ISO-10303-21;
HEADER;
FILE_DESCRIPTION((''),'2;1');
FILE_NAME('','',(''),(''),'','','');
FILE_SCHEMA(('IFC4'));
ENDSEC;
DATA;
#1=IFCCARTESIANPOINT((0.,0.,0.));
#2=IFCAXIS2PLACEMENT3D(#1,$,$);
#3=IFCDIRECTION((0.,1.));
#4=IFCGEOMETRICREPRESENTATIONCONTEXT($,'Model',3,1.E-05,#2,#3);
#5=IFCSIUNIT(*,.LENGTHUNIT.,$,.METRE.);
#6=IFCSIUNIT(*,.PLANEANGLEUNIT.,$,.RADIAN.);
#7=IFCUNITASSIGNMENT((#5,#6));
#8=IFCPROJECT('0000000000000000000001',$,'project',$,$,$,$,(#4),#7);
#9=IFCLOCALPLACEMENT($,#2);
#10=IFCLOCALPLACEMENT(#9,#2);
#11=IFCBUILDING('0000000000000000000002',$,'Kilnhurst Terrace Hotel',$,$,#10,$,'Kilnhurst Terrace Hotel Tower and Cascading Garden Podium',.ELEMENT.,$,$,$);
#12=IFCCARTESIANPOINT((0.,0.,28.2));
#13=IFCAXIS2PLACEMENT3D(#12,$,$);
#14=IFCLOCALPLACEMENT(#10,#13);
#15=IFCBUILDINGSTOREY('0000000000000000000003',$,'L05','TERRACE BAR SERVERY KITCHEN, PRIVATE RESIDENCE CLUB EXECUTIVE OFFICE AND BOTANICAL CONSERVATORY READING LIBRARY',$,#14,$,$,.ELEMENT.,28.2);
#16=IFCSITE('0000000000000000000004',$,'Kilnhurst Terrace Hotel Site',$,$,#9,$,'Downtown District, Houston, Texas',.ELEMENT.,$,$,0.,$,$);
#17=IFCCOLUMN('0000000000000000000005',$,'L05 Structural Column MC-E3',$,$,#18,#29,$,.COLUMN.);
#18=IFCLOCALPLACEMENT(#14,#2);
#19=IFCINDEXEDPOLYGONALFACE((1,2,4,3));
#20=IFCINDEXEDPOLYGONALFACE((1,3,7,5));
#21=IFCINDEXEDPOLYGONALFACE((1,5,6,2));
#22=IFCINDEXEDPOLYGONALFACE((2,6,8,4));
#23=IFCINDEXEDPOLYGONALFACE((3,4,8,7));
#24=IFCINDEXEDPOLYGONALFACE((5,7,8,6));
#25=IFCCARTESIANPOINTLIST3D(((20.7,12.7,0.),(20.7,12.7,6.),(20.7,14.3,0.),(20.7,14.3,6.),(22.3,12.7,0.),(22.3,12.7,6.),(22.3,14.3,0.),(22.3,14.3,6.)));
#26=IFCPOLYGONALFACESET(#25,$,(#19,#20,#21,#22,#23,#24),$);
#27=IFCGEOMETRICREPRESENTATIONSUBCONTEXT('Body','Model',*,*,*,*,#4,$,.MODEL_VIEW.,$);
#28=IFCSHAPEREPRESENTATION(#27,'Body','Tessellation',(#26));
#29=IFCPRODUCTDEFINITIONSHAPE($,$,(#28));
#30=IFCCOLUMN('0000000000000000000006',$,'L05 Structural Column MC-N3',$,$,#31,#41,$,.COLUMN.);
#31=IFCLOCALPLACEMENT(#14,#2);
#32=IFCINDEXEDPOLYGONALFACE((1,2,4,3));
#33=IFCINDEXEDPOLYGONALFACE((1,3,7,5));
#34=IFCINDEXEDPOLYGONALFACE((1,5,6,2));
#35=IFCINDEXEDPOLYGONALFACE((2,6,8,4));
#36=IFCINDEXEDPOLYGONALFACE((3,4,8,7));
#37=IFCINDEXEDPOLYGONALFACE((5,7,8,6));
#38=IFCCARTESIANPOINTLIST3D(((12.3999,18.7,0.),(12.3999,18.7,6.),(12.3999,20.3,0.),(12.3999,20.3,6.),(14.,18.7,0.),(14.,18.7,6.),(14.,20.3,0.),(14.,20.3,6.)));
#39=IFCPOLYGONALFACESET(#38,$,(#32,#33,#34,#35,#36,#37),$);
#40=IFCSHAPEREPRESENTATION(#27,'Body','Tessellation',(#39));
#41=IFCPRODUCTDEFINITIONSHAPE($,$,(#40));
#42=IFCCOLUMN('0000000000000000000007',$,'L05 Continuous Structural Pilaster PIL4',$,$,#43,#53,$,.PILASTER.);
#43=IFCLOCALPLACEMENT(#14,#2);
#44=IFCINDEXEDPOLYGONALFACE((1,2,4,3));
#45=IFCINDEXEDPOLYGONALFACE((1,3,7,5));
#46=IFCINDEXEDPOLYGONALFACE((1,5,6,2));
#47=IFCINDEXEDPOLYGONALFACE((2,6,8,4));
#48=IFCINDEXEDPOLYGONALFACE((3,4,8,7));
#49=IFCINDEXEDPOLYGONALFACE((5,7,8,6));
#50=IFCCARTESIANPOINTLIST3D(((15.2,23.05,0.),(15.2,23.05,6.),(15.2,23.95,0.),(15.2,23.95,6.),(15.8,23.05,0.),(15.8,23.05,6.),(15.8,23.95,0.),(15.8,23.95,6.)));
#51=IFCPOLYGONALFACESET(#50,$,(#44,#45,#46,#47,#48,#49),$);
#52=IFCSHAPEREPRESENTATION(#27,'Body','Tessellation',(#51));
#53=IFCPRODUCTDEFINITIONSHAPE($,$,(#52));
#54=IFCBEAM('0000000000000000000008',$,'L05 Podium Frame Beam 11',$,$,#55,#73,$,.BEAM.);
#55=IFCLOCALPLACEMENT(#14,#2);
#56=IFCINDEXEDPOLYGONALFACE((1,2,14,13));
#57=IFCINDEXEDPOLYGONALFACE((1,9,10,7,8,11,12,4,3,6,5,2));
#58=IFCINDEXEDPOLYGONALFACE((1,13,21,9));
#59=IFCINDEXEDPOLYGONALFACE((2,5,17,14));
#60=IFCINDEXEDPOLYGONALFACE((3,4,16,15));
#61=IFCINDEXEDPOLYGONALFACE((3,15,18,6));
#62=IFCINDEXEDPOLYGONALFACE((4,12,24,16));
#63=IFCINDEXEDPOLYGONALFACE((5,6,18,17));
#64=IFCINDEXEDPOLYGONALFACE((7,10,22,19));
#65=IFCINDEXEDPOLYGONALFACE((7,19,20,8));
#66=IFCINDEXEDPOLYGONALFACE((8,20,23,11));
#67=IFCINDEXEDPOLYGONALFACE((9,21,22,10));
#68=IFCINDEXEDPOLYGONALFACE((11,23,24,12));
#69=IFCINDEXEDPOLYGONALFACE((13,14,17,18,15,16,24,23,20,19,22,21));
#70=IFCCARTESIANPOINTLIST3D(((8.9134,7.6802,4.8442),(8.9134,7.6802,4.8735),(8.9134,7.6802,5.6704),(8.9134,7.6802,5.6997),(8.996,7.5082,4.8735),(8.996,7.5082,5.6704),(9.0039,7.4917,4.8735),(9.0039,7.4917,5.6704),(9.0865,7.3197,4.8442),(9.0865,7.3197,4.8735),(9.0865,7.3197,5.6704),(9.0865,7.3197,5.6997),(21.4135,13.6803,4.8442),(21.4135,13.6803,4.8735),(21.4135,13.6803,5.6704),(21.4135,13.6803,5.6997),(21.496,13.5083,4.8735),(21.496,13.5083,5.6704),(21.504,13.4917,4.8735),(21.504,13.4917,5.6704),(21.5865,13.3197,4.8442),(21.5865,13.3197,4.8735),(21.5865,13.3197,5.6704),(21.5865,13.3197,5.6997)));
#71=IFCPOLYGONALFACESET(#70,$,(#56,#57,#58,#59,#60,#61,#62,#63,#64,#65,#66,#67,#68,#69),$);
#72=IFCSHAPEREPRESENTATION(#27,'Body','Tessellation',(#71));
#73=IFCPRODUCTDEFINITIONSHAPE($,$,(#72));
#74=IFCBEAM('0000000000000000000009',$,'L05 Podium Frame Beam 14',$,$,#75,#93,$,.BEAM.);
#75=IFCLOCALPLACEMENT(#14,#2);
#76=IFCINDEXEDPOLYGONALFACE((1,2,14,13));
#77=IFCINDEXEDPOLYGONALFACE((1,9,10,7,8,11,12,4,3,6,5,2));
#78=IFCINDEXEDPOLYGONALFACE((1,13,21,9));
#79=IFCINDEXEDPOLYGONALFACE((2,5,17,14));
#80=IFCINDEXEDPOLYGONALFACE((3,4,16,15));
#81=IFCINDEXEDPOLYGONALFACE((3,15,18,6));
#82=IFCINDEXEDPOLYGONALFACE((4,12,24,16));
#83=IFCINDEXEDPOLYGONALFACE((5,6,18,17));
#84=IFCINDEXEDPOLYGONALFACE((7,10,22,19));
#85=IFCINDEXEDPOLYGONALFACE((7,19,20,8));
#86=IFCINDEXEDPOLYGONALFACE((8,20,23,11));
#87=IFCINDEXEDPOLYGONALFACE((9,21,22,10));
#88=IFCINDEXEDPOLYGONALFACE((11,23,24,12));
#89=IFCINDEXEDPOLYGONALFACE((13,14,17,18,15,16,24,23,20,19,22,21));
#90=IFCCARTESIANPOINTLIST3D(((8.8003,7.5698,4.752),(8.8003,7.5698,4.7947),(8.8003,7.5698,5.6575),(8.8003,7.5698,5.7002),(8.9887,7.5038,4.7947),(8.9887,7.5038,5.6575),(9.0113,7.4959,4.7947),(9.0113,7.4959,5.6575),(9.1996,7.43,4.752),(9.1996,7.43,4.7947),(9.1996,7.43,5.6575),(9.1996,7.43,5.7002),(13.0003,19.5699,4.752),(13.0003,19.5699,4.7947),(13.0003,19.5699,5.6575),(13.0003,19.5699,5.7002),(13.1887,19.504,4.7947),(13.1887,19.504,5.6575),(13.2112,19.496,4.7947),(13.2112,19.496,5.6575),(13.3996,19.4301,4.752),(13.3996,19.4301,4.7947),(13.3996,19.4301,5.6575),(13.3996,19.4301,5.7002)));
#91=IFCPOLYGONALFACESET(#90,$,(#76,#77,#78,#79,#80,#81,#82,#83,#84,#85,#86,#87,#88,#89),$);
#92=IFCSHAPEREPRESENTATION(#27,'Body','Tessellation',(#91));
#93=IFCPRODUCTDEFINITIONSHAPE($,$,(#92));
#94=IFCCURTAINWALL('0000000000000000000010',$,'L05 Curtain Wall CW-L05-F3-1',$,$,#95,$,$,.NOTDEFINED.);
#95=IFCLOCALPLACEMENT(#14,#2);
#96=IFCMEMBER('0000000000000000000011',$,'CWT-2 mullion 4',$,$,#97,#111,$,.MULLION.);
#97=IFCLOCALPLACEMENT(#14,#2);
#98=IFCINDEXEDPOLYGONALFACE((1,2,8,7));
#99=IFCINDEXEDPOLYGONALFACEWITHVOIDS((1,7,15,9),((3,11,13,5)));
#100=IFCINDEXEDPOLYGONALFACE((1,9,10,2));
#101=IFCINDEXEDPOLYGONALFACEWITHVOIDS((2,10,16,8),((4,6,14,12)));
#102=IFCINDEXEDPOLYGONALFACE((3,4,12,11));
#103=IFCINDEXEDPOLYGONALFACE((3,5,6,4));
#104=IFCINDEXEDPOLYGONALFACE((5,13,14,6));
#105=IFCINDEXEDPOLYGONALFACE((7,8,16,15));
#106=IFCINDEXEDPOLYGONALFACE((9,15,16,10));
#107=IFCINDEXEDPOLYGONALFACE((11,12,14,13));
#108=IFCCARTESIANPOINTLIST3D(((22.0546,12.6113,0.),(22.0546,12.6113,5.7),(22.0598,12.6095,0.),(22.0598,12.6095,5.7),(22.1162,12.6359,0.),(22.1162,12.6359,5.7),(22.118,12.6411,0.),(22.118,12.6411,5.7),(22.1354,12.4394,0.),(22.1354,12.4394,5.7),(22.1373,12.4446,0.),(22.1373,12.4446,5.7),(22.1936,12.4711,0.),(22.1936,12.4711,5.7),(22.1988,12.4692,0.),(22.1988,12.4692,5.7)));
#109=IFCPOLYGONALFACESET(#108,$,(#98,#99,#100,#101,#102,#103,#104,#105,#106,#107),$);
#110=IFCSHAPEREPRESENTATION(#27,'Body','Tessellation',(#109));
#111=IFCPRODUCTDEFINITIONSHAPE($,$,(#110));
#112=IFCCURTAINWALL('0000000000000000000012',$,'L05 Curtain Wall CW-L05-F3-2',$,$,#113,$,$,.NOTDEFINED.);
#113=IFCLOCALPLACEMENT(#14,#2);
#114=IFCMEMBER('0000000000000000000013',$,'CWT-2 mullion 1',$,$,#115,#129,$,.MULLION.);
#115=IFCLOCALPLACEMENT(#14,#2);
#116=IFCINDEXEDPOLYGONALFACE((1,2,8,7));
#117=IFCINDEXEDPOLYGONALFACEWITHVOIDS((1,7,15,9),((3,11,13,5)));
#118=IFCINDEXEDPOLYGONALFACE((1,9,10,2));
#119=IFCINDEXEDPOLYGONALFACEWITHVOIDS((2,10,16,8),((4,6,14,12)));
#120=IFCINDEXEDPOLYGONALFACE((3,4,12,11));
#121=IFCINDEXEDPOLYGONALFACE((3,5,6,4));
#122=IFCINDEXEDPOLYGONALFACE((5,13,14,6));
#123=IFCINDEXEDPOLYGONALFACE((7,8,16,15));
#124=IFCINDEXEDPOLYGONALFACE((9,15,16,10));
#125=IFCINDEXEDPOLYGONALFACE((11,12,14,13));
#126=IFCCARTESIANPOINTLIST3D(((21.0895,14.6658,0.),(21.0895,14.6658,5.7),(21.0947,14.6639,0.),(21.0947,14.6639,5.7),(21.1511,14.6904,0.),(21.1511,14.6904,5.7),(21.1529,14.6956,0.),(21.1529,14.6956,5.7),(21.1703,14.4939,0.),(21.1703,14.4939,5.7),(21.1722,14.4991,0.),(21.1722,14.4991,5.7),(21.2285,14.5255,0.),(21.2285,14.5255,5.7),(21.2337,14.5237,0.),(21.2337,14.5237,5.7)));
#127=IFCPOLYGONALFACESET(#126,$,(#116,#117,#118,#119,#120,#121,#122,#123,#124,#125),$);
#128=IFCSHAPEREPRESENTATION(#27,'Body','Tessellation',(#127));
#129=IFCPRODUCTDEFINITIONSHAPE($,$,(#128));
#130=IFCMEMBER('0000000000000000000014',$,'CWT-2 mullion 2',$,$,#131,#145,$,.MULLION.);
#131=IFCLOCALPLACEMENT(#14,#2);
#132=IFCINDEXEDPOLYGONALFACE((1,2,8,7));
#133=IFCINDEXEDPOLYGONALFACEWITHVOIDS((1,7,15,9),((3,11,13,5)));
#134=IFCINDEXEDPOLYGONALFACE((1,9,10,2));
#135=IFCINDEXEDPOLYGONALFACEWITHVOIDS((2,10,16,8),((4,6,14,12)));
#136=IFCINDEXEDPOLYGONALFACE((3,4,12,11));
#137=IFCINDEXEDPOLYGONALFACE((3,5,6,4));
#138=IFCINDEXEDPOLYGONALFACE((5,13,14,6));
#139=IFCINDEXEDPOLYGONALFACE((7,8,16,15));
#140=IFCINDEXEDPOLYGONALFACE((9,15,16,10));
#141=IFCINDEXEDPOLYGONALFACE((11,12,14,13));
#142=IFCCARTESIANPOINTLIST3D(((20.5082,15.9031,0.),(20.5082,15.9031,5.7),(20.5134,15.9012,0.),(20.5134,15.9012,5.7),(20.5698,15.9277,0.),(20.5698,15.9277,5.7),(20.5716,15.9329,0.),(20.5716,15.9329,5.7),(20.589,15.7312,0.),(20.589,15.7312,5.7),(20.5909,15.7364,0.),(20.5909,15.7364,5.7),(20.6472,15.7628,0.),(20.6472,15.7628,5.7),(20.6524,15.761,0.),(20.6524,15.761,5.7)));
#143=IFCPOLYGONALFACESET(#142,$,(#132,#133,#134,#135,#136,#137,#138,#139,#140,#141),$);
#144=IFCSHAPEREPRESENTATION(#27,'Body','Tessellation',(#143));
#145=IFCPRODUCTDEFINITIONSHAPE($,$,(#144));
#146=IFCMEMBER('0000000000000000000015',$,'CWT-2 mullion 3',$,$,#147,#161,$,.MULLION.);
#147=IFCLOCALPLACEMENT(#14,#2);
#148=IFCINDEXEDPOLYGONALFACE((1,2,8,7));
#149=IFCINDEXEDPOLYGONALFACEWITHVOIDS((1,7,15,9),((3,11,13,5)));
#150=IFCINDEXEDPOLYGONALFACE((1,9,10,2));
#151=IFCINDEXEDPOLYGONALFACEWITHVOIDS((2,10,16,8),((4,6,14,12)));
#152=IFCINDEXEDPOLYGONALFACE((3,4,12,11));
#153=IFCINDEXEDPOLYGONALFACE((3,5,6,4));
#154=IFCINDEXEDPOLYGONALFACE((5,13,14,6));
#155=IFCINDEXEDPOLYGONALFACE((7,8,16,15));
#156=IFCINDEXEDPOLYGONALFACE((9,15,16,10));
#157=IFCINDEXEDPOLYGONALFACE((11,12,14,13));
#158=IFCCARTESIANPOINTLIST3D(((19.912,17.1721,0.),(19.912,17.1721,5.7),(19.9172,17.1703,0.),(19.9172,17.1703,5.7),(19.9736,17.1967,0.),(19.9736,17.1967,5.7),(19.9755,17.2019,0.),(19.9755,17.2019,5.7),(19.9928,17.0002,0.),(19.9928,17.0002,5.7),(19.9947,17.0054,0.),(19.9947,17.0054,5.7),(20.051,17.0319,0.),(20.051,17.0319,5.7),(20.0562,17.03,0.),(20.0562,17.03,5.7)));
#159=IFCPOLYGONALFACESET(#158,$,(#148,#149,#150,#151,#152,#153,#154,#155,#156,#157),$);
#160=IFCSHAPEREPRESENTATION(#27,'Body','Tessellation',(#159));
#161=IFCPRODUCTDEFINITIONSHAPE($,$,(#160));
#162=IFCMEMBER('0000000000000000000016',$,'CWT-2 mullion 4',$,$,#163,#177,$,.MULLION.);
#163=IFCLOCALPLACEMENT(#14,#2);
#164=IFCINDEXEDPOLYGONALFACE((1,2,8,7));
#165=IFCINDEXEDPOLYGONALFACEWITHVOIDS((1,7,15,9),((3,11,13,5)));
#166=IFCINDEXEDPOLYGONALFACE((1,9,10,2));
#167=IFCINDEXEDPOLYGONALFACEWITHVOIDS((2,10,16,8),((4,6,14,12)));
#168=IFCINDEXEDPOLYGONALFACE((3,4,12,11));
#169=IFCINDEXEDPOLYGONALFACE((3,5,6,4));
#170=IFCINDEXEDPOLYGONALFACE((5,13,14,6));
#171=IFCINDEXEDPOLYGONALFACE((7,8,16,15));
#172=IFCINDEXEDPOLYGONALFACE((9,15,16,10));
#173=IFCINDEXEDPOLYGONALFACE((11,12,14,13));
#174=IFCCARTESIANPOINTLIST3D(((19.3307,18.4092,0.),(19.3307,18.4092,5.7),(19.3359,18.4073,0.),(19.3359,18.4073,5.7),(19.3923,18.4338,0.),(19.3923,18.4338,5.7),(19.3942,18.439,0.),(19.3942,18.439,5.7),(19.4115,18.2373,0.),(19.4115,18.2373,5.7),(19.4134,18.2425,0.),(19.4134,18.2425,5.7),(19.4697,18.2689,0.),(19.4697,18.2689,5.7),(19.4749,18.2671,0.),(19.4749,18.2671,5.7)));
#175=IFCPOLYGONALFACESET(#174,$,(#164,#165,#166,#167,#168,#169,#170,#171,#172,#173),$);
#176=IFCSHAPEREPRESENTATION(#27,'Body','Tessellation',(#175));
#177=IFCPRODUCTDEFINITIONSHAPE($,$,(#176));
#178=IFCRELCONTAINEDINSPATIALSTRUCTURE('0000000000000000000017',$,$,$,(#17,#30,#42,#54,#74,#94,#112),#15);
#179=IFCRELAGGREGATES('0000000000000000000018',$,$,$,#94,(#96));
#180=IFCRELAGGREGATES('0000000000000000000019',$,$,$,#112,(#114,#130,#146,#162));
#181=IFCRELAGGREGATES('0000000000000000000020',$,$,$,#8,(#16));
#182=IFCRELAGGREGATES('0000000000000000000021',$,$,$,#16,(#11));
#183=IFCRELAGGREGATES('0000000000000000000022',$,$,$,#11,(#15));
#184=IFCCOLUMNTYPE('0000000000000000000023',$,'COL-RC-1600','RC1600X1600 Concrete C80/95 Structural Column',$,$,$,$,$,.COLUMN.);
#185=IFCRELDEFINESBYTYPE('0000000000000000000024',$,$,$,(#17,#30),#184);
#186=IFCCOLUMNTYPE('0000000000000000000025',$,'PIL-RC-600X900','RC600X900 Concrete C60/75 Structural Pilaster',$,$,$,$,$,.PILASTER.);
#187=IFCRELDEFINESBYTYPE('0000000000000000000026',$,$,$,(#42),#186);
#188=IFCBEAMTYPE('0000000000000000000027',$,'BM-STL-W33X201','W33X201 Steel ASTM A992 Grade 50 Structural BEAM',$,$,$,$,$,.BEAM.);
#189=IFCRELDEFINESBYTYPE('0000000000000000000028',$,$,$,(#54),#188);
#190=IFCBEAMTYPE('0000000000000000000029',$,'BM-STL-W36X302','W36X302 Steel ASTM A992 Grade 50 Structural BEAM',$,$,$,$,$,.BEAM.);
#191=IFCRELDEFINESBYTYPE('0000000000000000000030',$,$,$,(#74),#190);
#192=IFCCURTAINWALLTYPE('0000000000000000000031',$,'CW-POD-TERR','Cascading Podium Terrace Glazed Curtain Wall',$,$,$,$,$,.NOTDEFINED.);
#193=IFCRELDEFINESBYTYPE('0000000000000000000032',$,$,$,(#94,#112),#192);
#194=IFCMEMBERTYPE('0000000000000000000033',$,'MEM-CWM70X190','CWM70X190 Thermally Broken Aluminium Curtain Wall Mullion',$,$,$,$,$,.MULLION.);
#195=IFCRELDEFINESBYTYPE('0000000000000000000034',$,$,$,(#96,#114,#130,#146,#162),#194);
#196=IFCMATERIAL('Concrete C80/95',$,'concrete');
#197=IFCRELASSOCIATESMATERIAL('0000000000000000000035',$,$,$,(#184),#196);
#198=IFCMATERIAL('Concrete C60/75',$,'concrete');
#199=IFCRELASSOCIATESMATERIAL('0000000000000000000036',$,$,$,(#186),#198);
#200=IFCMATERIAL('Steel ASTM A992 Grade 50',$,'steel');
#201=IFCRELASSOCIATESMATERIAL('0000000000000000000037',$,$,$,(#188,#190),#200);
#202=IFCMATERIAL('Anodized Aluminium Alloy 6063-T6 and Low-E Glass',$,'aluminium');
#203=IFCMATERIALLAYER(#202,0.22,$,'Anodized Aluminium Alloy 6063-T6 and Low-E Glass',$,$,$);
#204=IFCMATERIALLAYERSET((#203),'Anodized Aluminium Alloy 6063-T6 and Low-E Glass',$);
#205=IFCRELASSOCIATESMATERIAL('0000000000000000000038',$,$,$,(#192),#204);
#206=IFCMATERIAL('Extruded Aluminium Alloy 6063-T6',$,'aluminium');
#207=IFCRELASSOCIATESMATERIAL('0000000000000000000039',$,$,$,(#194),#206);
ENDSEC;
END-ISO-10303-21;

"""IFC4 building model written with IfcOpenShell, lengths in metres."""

from ifc_helpers import new_model, si_unit, direction, frame, origin, origin_2d, place, context, subcontext, project, spatial, rectangle, hollow_rectangle, i_section, extrude, material, layer, layer_set, material_profile, profile_set, type_object, element, aggregate, save


model = new_model("IFC4")

# Units and contexts
model_context = context("Model", 3, precision=1e-05, world=origin(), true_north=direction((0.0, 1.0)))
body_context = subcontext(model_context, "Body", "Model", "MODEL_VIEW")
ifc_project = project(units=[si_unit("LENGTHUNIT", "METRE"), si_unit("PLANEANGLEUNIT", "RADIAN")], contexts=[model_context])

# Site, building, storey
site_placement = place(None, origin())
site = spatial("IfcSite", under=ifc_project, at=site_placement, Name="Kilnhurst Terrace Hotel Site", LongName="Downtown District, Houston, Texas", CompositionType="ELEMENT", RefElevation=0.0)
building_placement = place(site_placement, origin())
building = spatial("IfcBuilding", under=site, at=building_placement, Name="Kilnhurst Terrace Hotel", LongName="Kilnhurst Terrace Hotel Tower and Cascading Garden Podium", CompositionType="ELEMENT")
storey_placement = place(building_placement, frame((0.0, 0.0, 28.2)))
storey = spatial("IfcBuildingStorey", under=building, at=storey_placement, Name="L05", Description="TERRACE BAR SERVERY KITCHEN, PRIVATE RESIDENCE CLUB EXECUTIVE OFFICE AND BOTANICAL CONSERVATORY READING LIBRARY", CompositionType="ELEMENT", Elevation=28.2)

# Columns
ifc_material_1 = material(Name="Concrete C80/95", Category="concrete")
ifc_material_profile_1 = material_profile(ifc_material_1, rectangle(XDim=1.6001, YDim=1.6001, at=origin_2d()), Name="RC1600X1600")
ifc_profile_set_1 = profile_set([ifc_material_profile_1], Name="Concrete C80/95")
column_type_1 = type_object("IfcColumnType", Name="COL-RC-1600", Description="RC1600X1600 Concrete C80/95 Structural Column", PredefinedType="COLUMN", material=ifc_profile_set_1)
for number, where, z_axis, x_axis, name in (
    (1, (21.5, 13.5, 0.0), (0.0, 0.0, 1.0), (1.0, 0.0, 0.0), "L05 Structural Column MC-E3"),
    (2, (13.2, 19.5, 0.0), (0.0, 0.0, 1.0), (1.0, 0.0, 0.0), "L05 Structural Column MC-N3"),
):
    element("IfcColumn", number, at=place(storey_placement, frame(where, z_axis=z_axis, x_axis=x_axis)), inside=storey, type_object=column_type_1, Name=name, PredefinedType="COLUMN", context=body_context, shape_type="SweptSolid", body=[
        extrude(rectangle(XDim=1.6001, YDim=1.6001, at=origin_2d()), origin(), (0.0, 0.0, 1.0), 6.0),
    ])
ifc_material_2 = material(Name="Concrete C60/75", Category="concrete")
ifc_material_profile_2 = material_profile(ifc_material_2, rectangle(XDim=0.6001, YDim=0.8999, at=origin_2d()), Name="RC600X900")
ifc_profile_set_2 = profile_set([ifc_material_profile_2], Name="Concrete C60/75")
column_type_2 = type_object("IfcColumnType", Name="PIL-RC-600X900", Description="RC600X900 Concrete C60/75 Structural Pilaster", PredefinedType="PILASTER", material=ifc_profile_set_2)
column_placement = place(storey_placement, frame((15.5, 23.5, 0.0), z_axis=(0.0, 0.0, 1.0), x_axis=(1.0, 0.0, 0.0)))
element("IfcColumn", 3, at=column_placement, inside=storey, type_object=column_type_2, Name="L05 Continuous Structural Pilaster PIL4", PredefinedType="PILASTER", context=body_context, shape_type="SweptSolid", body=[
    extrude(rectangle(XDim=0.6001, YDim=0.8999, at=origin_2d()), origin(), (0.0, 0.0, 1.0), 6.0),
])

# Beams
ifc_material_3 = material(Name="Steel ASTM A992 Grade 50", Category="steel")
ifc_material_profile_3 = material_profile(ifc_material_3, i_section(OverallWidth=0.3999, OverallDepth=0.8555, WebThickness=0.0183, FlangeThickness=0.0293, at=origin_2d()), Name="W33X201")
ifc_profile_set_3 = profile_set([ifc_material_profile_3], Name="Steel ASTM A992 Grade 50")
beam_type_1 = type_object("IfcBeamType", Name="BM-STL-W33X201", Description="W33X201 Steel ASTM A992 Grade 50 Structural BEAM", PredefinedType="BEAM", material=ifc_profile_set_3)
beam_1_placement = place(storey_placement, frame((21.5, 13.5, 5.272), z_axis=(-0.901523, -0.432731, 0.0), x_axis=(0.432731, -0.901523, 0.0)))
element("IfcBeam", 4, at=beam_1_placement, inside=storey, type_object=beam_type_1, Name="L05 Podium Frame Beam 11", PredefinedType="BEAM", context=body_context, shape_type="SweptSolid", body=[
    extrude(i_section(OverallWidth=0.3999, OverallDepth=0.8555, WebThickness=0.0183, FlangeThickness=0.0293, at=origin_2d()), origin(), (0.0, 0.0, 1.0), 13.8655),
])
ifc_material_profile_4 = material_profile(ifc_material_3, i_section(OverallWidth=0.4231, OverallDepth=0.9482, WebThickness=0.0239, FlangeThickness=0.0427, at=origin_2d()), Name="W36X302")
ifc_profile_set_4 = profile_set([ifc_material_profile_4], Name="Steel ASTM A992 Grade 50")
beam_type_2 = type_object("IfcBeamType", Name="BM-STL-W36X302", Description="W36X302 Steel ASTM A992 Grade 50 Structural BEAM", PredefinedType="BEAM", material=ifc_profile_set_4)
beam_2_placement = place(storey_placement, frame((13.2, 19.5, 5.2261), z_axis=(-0.330347, -0.94386, 0.0), x_axis=(0.94386, -0.330347, 0.0)))
element("IfcBeam", 5, at=beam_2_placement, inside=storey, type_object=beam_type_2, Name="L05 Podium Frame Beam 14", PredefinedType="BEAM", context=body_context, shape_type="SweptSolid", body=[
    extrude(i_section(OverallWidth=0.4231, OverallDepth=0.9482, WebThickness=0.0239, FlangeThickness=0.0427, at=origin_2d()), origin(), (0.0, 0.0, 1.0), 12.7139),
])

# Curtain wall, member
ifc_material_4 = material(Name="Anodized Aluminium Alloy 6063-T6 and Low-E Glass", Category="aluminium")
ifc_layer_1 = layer(ifc_material_4, 0.22, Name="Anodized Aluminium Alloy 6063-T6 and Low-E Glass")
ifc_layer_set_1 = layer_set([ifc_layer_1], Name="Anodized Aluminium Alloy 6063-T6 and Low-E Glass")
curtain_wall_type = type_object("IfcCurtainWallType", Name="CW-POD-TERR", Description="Cascading Podium Terrace Glazed Curtain Wall", PredefinedType="NOTDEFINED", material=ifc_layer_set_1)
curtain_wall_1_placement = place(storey_placement, origin())
curtain_wall_1 = element("IfcCurtainWall", 6, at=curtain_wall_1_placement, inside=storey, type_object=curtain_wall_type, Name="L05 Curtain Wall CW-L05-F3-1", PredefinedType="NOTDEFINED")
ifc_material_5 = material(Name="Extruded Aluminium Alloy 6063-T6", Category="aluminium")
ifc_material_profile_5 = material_profile(ifc_material_5, hollow_rectangle(XDim=0.0701, YDim=0.1899, WallThickness=0.0039, at=origin_2d()), Name="CWM70X190")
ifc_profile_set_5 = profile_set([ifc_material_profile_5], Name="Extruded Aluminium Alloy 6063-T6")
member_type_1 = type_object("IfcMemberType", Name="MEM-CWM70X190", Description="CWM70X190 Thermally Broken Aluminium Curtain Wall Mullion", PredefinedType="MULLION", material=ifc_profile_set_5)
member_1_placement = place(storey_placement, frame((22.1267, 12.5403, 0.0), z_axis=(0.0, 0.0, 1.0), x_axis=(-0.905099, -0.425202, 0.0)))
member_1 = element("IfcMember", 7, at=member_1_placement, type_object=member_type_1, Name="CWT-2 mullion 4", PredefinedType="MULLION", context=body_context, shape_type="SweptSolid", body=[
    extrude(hollow_rectangle(XDim=0.0701, YDim=0.1899, WallThickness=0.0039, at=origin_2d()), origin(), (0.0, 0.0, 1.0), 5.7),
])

# Curtain wall, members
curtain_wall_2_placement = place(storey_placement, origin())
curtain_wall_2 = element("IfcCurtainWall", 8, at=curtain_wall_2_placement, inside=storey, type_object=curtain_wall_type, Name="L05 Curtain Wall CW-L05-F3-2", PredefinedType="NOTDEFINED")
member_2_placement = place(storey_placement, frame((21.1616, 14.5947, 0.0), z_axis=(0.0, 0.0, 1.0), x_axis=(-0.905097, -0.425206, 0.0)))
member_2 = element("IfcMember", 9, at=member_2_placement, type_object=member_type_1, Name="CWT-2 mullion 1", PredefinedType="MULLION", context=body_context, shape_type="SweptSolid", body=[
    extrude(hollow_rectangle(XDim=0.0701, YDim=0.1899, WallThickness=0.0039, at=origin_2d()), origin(), (0.0, 0.0, 1.0), 5.7),
])
member_3_placement = place(storey_placement, frame((20.5803, 15.832, 0.0), z_axis=(0.0, 0.0, 1.0), x_axis=(-0.905097, -0.425206, 0.0)))
member_3 = element("IfcMember", 10, at=member_3_placement, type_object=member_type_1, Name="CWT-2 mullion 2", PredefinedType="MULLION", context=body_context, shape_type="SweptSolid", body=[
    extrude(hollow_rectangle(XDim=0.0701, YDim=0.1899, WallThickness=0.0039, at=origin_2d()), origin(), (0.0, 0.0, 1.0), 5.7),
])
member_4_placement = place(storey_placement, frame((19.9841, 17.1011, 0.0), z_axis=(0.0, 0.0, 1.0), x_axis=(-0.905097, -0.425206, 0.0)))
member_4 = element("IfcMember", 11, at=member_4_placement, type_object=member_type_1, Name="CWT-2 mullion 3", PredefinedType="MULLION", context=body_context, shape_type="SweptSolid", body=[
    extrude(hollow_rectangle(XDim=0.0701, YDim=0.1899, WallThickness=0.0039, at=origin_2d()), origin(), (0.0, 0.0, 1.0), 5.7),
])
member_5_placement = place(storey_placement, frame((19.4028, 18.3381, 0.0), z_axis=(0.0, 0.0, 1.0), x_axis=(-0.905097, -0.425206, 0.0)))
member_5 = element("IfcMember", 12, at=member_5_placement, type_object=member_type_1, Name="CWT-2 mullion 4", PredefinedType="MULLION", context=body_context, shape_type="SweptSolid", body=[
    extrude(hollow_rectangle(XDim=0.0701, YDim=0.1899, WallThickness=0.0039, at=origin_2d()), origin(), (0.0, 0.0, 1.0), 5.7),
])

aggregate(curtain_wall_1, [member_1])
aggregate(curtain_wall_2, [member_2, member_3, member_4, member_5])

save(model, "model.ifc")
